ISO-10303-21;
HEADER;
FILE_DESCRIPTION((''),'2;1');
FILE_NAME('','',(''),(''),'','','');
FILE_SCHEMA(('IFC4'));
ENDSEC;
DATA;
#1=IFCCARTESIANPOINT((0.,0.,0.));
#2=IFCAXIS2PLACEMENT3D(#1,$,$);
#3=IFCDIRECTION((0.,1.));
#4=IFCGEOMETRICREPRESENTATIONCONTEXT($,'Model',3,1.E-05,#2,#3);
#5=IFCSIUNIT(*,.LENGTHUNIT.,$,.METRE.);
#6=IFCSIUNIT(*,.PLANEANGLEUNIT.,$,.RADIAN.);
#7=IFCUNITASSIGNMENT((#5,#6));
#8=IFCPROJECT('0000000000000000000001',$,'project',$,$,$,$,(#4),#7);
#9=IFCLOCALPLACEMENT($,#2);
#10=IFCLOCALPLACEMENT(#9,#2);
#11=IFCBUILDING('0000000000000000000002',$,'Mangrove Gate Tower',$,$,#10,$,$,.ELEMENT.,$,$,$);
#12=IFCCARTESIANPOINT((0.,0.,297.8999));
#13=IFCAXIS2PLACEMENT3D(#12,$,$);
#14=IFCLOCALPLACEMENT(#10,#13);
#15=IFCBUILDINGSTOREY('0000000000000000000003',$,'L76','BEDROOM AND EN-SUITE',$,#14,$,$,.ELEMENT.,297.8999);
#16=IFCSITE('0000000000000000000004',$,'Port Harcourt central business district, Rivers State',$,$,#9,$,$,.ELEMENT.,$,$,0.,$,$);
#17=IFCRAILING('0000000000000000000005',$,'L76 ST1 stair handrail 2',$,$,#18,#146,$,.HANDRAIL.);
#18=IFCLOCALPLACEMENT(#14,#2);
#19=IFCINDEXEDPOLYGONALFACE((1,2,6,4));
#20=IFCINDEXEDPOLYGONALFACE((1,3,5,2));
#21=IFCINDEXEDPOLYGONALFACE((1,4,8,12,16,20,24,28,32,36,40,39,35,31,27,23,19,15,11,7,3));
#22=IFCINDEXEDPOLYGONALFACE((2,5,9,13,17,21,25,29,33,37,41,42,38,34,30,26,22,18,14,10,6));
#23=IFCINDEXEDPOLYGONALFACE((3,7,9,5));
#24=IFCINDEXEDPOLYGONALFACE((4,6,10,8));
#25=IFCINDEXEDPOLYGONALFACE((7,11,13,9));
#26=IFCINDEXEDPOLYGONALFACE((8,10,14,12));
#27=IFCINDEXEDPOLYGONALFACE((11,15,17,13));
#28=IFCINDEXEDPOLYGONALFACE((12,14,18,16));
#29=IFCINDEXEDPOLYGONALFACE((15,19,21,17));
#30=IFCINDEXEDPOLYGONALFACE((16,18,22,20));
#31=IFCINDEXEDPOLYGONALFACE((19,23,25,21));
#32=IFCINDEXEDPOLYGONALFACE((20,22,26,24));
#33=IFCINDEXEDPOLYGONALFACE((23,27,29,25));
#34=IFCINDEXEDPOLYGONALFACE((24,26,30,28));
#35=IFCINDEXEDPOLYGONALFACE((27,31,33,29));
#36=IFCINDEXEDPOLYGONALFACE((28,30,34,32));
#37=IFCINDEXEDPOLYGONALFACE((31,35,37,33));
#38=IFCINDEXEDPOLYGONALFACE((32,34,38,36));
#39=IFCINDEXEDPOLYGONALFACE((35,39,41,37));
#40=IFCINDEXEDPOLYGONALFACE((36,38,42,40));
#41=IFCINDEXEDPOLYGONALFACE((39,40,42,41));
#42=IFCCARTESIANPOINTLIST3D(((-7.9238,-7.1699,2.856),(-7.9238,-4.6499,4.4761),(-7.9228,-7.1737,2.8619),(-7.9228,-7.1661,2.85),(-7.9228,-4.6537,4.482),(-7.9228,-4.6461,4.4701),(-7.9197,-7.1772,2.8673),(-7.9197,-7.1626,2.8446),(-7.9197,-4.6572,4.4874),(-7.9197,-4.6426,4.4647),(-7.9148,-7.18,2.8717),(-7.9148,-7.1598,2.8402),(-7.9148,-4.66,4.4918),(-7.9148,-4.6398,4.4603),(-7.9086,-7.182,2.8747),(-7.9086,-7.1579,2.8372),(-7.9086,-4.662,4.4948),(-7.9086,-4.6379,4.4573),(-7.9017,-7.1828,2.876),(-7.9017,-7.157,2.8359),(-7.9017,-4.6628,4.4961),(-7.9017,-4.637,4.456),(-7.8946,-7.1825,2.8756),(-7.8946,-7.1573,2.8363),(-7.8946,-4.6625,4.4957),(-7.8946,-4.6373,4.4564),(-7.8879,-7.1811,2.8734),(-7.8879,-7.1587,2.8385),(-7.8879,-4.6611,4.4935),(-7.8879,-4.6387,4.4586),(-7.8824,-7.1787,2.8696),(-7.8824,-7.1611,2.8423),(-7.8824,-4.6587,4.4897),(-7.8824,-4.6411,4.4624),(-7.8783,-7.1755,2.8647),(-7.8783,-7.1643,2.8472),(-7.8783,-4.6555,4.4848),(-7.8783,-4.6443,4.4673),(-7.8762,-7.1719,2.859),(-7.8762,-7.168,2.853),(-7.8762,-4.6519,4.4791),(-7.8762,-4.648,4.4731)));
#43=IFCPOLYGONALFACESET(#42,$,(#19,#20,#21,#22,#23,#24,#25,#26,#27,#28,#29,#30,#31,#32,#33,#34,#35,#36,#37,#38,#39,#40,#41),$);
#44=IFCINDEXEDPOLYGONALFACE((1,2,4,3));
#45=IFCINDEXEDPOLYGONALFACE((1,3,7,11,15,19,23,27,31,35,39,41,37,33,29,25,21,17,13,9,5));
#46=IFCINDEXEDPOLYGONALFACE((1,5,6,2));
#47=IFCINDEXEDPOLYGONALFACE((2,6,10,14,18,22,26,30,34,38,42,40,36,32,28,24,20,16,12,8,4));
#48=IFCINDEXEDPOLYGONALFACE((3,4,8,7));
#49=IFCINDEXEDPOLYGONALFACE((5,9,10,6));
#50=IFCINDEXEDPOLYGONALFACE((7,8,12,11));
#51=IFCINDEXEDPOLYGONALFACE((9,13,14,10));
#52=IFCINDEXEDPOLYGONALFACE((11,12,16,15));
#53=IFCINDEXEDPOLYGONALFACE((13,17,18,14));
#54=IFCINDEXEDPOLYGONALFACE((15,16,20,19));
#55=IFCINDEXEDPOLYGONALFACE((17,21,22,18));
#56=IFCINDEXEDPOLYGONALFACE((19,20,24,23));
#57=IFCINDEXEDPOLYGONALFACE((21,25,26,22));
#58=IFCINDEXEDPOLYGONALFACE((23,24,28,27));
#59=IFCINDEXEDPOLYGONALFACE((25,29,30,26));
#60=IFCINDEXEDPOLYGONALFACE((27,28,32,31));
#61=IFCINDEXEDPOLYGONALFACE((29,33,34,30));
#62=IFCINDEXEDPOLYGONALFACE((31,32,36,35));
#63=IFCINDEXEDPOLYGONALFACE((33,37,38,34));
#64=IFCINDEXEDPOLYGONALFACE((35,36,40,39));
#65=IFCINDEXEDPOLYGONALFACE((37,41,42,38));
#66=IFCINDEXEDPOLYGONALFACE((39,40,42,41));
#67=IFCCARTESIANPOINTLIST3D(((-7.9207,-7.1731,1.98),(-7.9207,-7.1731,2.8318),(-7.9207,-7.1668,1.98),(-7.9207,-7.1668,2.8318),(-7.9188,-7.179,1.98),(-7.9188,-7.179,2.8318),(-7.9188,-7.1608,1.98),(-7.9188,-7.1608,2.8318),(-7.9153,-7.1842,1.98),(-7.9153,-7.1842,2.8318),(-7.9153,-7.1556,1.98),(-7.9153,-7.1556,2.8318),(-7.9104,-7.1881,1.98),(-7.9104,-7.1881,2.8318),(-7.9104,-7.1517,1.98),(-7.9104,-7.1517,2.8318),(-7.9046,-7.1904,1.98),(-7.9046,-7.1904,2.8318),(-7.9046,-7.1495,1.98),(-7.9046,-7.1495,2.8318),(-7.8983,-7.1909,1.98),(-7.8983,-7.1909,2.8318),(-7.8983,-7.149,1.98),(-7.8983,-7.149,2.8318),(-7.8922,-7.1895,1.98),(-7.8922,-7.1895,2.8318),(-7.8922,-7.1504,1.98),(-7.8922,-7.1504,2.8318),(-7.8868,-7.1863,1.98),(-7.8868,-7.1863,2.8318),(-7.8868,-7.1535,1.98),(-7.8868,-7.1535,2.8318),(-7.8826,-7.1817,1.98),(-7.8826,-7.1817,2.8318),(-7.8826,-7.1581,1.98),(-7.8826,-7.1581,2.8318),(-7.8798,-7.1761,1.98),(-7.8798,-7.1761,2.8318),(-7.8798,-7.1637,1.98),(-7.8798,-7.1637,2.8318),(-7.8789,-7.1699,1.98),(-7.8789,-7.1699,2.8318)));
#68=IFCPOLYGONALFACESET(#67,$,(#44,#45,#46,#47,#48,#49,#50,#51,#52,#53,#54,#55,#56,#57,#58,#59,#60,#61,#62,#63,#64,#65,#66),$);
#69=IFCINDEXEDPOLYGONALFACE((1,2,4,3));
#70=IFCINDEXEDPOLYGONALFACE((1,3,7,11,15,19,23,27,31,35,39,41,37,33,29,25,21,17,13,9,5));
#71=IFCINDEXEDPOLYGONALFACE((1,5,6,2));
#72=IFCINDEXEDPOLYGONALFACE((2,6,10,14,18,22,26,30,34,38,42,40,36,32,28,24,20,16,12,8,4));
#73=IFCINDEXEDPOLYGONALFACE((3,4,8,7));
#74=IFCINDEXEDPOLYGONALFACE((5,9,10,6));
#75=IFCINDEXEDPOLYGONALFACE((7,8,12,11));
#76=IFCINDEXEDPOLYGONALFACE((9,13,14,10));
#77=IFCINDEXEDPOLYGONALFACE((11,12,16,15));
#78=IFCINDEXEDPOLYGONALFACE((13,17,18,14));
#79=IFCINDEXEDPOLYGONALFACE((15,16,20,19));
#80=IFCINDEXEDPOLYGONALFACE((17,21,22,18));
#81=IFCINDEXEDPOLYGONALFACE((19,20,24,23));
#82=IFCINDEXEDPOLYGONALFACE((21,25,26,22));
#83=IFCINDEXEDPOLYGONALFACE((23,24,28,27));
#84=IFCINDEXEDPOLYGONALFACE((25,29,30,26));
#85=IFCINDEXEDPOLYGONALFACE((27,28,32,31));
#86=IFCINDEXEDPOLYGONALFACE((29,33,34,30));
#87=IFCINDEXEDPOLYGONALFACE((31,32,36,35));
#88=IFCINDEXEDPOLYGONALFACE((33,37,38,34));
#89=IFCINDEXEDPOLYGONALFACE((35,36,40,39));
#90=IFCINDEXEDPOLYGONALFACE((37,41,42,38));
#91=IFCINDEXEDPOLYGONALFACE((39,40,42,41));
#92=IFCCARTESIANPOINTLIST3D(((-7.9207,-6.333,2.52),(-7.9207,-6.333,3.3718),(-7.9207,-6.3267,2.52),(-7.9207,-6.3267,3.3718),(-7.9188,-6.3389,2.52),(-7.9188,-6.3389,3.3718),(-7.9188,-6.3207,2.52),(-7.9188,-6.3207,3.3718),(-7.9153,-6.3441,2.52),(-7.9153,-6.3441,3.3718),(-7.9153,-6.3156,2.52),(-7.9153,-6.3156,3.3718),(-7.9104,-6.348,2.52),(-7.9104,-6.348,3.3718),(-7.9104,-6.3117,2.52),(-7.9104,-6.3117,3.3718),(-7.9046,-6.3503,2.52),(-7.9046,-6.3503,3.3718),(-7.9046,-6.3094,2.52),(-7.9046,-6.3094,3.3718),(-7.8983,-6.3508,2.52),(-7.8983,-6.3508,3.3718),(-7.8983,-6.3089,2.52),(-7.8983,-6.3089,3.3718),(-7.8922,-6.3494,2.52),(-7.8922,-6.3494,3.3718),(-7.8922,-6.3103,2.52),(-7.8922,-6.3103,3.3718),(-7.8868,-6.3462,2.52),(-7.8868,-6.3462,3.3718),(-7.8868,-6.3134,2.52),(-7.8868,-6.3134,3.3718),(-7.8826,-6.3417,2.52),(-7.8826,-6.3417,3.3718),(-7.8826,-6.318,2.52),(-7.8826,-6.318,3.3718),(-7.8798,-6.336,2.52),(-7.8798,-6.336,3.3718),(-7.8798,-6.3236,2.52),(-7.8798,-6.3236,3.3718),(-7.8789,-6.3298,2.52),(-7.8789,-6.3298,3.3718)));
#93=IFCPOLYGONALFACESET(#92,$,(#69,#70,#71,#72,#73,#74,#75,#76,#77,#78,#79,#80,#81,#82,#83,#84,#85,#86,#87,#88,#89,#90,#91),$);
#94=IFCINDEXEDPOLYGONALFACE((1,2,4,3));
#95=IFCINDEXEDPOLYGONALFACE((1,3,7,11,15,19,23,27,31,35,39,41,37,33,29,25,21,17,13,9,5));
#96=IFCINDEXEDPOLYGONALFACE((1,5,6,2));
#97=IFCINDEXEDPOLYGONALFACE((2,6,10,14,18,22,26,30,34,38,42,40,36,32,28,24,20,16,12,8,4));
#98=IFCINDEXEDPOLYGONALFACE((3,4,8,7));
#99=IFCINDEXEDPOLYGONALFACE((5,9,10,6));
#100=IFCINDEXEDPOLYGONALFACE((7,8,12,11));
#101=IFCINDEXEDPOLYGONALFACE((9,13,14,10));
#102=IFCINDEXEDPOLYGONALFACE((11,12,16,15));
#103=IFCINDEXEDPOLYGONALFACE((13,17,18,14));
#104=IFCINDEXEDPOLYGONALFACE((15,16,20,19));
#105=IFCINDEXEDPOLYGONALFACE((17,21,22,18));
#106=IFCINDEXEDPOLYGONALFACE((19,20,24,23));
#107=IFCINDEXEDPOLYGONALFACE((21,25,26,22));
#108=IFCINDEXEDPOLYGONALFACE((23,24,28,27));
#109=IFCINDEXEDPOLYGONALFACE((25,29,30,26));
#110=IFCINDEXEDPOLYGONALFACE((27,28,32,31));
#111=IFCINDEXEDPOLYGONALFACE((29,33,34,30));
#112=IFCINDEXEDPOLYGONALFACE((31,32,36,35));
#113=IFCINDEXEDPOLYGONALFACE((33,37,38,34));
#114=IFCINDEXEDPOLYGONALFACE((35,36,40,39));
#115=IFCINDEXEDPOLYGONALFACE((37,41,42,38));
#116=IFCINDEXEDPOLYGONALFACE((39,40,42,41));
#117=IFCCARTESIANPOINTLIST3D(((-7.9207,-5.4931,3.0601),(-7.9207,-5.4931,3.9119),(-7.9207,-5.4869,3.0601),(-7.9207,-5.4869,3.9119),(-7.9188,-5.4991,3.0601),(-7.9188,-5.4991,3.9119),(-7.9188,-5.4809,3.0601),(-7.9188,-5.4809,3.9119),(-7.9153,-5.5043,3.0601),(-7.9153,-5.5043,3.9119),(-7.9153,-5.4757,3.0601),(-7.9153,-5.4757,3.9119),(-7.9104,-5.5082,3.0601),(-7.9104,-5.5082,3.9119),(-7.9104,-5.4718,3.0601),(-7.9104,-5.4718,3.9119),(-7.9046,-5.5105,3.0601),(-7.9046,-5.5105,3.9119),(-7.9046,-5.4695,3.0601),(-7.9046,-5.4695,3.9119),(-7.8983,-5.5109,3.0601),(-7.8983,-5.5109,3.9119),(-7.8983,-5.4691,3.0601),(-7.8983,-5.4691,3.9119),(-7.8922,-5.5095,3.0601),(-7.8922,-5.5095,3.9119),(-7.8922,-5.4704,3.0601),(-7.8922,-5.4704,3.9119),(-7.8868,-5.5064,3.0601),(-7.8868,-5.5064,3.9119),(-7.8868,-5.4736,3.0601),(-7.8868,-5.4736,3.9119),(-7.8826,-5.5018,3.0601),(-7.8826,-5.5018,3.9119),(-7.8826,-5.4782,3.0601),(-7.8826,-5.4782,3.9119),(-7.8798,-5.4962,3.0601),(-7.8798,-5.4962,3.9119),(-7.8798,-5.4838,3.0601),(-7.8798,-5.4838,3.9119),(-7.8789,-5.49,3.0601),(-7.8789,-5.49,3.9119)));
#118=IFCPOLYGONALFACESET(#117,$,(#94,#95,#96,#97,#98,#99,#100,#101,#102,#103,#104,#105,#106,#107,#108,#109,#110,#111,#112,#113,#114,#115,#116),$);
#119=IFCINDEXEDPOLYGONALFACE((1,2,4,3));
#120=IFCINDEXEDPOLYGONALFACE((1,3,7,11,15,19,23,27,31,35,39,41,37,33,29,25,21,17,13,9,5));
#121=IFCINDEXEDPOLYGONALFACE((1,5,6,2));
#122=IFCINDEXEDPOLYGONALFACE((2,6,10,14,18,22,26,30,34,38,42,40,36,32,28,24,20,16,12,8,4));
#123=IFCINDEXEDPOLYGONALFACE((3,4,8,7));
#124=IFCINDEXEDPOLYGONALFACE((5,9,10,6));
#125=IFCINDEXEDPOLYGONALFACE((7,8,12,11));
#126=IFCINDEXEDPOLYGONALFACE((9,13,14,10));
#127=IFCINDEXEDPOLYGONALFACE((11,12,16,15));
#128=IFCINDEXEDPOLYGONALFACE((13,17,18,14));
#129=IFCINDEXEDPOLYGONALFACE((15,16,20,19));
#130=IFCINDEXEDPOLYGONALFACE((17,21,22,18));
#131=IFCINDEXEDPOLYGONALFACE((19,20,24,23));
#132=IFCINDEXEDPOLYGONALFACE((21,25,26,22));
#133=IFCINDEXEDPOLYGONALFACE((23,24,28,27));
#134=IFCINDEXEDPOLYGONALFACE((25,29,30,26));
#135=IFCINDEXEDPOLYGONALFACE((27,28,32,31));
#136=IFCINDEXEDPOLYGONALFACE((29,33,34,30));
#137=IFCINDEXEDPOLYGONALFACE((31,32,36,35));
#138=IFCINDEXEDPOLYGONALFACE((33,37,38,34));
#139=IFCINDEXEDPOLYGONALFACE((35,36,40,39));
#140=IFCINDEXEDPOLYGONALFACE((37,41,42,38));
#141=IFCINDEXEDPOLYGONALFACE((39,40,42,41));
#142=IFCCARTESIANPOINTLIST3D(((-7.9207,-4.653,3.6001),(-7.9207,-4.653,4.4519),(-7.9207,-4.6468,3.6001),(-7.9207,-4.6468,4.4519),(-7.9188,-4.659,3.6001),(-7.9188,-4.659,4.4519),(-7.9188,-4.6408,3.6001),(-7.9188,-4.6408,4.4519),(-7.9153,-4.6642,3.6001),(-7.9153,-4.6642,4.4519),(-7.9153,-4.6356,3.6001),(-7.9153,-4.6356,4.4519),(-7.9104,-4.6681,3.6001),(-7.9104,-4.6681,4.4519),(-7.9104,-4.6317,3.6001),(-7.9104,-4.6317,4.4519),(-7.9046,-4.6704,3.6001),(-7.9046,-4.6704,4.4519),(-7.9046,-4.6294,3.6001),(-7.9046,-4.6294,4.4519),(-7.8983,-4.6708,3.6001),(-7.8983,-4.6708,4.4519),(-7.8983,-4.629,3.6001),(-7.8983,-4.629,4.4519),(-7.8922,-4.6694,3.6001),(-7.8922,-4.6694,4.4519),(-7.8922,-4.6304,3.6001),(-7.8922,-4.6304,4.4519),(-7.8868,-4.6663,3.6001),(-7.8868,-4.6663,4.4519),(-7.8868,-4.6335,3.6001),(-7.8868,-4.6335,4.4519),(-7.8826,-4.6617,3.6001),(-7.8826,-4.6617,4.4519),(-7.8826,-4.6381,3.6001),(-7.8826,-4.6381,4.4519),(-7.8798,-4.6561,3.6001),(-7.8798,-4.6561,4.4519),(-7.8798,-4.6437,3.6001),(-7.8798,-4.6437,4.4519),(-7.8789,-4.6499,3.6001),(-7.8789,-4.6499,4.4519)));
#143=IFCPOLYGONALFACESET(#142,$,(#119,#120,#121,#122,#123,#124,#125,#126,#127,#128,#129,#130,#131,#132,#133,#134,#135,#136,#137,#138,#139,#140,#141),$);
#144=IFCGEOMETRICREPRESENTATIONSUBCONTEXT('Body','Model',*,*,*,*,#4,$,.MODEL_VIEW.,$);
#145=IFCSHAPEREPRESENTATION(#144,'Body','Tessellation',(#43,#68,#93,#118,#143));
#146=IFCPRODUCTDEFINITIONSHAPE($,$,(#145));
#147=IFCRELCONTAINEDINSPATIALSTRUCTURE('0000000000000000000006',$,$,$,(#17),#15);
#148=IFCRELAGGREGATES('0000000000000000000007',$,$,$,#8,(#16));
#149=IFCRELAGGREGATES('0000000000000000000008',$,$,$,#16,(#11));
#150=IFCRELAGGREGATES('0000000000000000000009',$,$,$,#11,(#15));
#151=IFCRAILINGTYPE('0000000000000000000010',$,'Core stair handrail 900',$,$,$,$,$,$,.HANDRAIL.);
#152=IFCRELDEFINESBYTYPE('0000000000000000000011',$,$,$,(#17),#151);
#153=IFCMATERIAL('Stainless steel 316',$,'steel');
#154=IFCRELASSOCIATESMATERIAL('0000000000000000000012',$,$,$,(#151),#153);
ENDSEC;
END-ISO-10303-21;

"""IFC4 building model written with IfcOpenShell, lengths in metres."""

from ifc_helpers import new_model, si_unit, direction, frame, origin, origin_2d, place, context, subcontext, project, spatial, circle, extrude, material, type_object, element, save


model = new_model("IFC4")

# Units and contexts
model_context = context("Model", 3, precision=1e-05, world=origin(), true_north=direction((0.0, 1.0)))
body_context = subcontext(model_context, "Body", "Model", "MODEL_VIEW")
ifc_project = project(units=[si_unit("LENGTHUNIT", "METRE"), si_unit("PLANEANGLEUNIT", "RADIAN")], contexts=[model_context])

# Site, building, storey
site_placement = place(None, origin())
site = spatial("IfcSite", under=ifc_project, at=site_placement, Name="Port Harcourt central business district, Rivers State", CompositionType="ELEMENT", RefElevation=0.0)
building_placement = place(site_placement, origin())
building = spatial("IfcBuilding", under=site, at=building_placement, Name="Mangrove Gate Tower", CompositionType="ELEMENT")
storey_placement = place(building_placement, frame((0.0, 0.0, 297.8999)))
storey = spatial("IfcBuildingStorey", under=building, at=storey_placement, Name="L76", Description="BEDROOM AND EN-SUITE", CompositionType="ELEMENT", Elevation=297.8999)

# Railing
ifc_material_1 = material(Name="Stainless steel 316", Category="steel")
railing_type_1 = type_object("IfcRailingType", Name="Core stair handrail 900", PredefinedType="HANDRAIL", material=ifc_material_1)
railing_1_placement = place(storey_placement, frame((-7.8999, -7.1699, 1.98)))
element("IfcRailing", 1, at=railing_1_placement, inside=storey, type_object=railing_type_1, Name="L76 ST1 stair handrail 2", PredefinedType="HANDRAIL", context=body_context, shape_type="SweptSolid", body=[
    extrude(circle(Radius=0.0239, at=origin_2d()), frame((0.0, 0.0, 0.876), z_axis=(0.0, 0.841163, 0.540782), x_axis=(-1.0, 0.0, 0.0)), (0.0, 0.0, 1.0), 2.9958),
    extrude(circle(Radius=0.021, at=origin_2d()), origin(), (0.0, 0.0, 1.0), 0.8518),
    extrude(circle(Radius=0.021, at=origin_2d()), frame((0.0, 0.8401, 0.54)), (0.0, 0.0, 1.0), 0.8518),
    extrude(circle(Radius=0.021, at=origin_2d()), frame((0.0, 1.6799, 1.0801)), (0.0, 0.0, 1.0), 0.8518),
    extrude(circle(Radius=0.021, at=origin_2d()), frame((0.0, 2.52, 1.6201)), (0.0, 0.0, 1.0), 0.8518),
])

save(model, "model.ifc")
